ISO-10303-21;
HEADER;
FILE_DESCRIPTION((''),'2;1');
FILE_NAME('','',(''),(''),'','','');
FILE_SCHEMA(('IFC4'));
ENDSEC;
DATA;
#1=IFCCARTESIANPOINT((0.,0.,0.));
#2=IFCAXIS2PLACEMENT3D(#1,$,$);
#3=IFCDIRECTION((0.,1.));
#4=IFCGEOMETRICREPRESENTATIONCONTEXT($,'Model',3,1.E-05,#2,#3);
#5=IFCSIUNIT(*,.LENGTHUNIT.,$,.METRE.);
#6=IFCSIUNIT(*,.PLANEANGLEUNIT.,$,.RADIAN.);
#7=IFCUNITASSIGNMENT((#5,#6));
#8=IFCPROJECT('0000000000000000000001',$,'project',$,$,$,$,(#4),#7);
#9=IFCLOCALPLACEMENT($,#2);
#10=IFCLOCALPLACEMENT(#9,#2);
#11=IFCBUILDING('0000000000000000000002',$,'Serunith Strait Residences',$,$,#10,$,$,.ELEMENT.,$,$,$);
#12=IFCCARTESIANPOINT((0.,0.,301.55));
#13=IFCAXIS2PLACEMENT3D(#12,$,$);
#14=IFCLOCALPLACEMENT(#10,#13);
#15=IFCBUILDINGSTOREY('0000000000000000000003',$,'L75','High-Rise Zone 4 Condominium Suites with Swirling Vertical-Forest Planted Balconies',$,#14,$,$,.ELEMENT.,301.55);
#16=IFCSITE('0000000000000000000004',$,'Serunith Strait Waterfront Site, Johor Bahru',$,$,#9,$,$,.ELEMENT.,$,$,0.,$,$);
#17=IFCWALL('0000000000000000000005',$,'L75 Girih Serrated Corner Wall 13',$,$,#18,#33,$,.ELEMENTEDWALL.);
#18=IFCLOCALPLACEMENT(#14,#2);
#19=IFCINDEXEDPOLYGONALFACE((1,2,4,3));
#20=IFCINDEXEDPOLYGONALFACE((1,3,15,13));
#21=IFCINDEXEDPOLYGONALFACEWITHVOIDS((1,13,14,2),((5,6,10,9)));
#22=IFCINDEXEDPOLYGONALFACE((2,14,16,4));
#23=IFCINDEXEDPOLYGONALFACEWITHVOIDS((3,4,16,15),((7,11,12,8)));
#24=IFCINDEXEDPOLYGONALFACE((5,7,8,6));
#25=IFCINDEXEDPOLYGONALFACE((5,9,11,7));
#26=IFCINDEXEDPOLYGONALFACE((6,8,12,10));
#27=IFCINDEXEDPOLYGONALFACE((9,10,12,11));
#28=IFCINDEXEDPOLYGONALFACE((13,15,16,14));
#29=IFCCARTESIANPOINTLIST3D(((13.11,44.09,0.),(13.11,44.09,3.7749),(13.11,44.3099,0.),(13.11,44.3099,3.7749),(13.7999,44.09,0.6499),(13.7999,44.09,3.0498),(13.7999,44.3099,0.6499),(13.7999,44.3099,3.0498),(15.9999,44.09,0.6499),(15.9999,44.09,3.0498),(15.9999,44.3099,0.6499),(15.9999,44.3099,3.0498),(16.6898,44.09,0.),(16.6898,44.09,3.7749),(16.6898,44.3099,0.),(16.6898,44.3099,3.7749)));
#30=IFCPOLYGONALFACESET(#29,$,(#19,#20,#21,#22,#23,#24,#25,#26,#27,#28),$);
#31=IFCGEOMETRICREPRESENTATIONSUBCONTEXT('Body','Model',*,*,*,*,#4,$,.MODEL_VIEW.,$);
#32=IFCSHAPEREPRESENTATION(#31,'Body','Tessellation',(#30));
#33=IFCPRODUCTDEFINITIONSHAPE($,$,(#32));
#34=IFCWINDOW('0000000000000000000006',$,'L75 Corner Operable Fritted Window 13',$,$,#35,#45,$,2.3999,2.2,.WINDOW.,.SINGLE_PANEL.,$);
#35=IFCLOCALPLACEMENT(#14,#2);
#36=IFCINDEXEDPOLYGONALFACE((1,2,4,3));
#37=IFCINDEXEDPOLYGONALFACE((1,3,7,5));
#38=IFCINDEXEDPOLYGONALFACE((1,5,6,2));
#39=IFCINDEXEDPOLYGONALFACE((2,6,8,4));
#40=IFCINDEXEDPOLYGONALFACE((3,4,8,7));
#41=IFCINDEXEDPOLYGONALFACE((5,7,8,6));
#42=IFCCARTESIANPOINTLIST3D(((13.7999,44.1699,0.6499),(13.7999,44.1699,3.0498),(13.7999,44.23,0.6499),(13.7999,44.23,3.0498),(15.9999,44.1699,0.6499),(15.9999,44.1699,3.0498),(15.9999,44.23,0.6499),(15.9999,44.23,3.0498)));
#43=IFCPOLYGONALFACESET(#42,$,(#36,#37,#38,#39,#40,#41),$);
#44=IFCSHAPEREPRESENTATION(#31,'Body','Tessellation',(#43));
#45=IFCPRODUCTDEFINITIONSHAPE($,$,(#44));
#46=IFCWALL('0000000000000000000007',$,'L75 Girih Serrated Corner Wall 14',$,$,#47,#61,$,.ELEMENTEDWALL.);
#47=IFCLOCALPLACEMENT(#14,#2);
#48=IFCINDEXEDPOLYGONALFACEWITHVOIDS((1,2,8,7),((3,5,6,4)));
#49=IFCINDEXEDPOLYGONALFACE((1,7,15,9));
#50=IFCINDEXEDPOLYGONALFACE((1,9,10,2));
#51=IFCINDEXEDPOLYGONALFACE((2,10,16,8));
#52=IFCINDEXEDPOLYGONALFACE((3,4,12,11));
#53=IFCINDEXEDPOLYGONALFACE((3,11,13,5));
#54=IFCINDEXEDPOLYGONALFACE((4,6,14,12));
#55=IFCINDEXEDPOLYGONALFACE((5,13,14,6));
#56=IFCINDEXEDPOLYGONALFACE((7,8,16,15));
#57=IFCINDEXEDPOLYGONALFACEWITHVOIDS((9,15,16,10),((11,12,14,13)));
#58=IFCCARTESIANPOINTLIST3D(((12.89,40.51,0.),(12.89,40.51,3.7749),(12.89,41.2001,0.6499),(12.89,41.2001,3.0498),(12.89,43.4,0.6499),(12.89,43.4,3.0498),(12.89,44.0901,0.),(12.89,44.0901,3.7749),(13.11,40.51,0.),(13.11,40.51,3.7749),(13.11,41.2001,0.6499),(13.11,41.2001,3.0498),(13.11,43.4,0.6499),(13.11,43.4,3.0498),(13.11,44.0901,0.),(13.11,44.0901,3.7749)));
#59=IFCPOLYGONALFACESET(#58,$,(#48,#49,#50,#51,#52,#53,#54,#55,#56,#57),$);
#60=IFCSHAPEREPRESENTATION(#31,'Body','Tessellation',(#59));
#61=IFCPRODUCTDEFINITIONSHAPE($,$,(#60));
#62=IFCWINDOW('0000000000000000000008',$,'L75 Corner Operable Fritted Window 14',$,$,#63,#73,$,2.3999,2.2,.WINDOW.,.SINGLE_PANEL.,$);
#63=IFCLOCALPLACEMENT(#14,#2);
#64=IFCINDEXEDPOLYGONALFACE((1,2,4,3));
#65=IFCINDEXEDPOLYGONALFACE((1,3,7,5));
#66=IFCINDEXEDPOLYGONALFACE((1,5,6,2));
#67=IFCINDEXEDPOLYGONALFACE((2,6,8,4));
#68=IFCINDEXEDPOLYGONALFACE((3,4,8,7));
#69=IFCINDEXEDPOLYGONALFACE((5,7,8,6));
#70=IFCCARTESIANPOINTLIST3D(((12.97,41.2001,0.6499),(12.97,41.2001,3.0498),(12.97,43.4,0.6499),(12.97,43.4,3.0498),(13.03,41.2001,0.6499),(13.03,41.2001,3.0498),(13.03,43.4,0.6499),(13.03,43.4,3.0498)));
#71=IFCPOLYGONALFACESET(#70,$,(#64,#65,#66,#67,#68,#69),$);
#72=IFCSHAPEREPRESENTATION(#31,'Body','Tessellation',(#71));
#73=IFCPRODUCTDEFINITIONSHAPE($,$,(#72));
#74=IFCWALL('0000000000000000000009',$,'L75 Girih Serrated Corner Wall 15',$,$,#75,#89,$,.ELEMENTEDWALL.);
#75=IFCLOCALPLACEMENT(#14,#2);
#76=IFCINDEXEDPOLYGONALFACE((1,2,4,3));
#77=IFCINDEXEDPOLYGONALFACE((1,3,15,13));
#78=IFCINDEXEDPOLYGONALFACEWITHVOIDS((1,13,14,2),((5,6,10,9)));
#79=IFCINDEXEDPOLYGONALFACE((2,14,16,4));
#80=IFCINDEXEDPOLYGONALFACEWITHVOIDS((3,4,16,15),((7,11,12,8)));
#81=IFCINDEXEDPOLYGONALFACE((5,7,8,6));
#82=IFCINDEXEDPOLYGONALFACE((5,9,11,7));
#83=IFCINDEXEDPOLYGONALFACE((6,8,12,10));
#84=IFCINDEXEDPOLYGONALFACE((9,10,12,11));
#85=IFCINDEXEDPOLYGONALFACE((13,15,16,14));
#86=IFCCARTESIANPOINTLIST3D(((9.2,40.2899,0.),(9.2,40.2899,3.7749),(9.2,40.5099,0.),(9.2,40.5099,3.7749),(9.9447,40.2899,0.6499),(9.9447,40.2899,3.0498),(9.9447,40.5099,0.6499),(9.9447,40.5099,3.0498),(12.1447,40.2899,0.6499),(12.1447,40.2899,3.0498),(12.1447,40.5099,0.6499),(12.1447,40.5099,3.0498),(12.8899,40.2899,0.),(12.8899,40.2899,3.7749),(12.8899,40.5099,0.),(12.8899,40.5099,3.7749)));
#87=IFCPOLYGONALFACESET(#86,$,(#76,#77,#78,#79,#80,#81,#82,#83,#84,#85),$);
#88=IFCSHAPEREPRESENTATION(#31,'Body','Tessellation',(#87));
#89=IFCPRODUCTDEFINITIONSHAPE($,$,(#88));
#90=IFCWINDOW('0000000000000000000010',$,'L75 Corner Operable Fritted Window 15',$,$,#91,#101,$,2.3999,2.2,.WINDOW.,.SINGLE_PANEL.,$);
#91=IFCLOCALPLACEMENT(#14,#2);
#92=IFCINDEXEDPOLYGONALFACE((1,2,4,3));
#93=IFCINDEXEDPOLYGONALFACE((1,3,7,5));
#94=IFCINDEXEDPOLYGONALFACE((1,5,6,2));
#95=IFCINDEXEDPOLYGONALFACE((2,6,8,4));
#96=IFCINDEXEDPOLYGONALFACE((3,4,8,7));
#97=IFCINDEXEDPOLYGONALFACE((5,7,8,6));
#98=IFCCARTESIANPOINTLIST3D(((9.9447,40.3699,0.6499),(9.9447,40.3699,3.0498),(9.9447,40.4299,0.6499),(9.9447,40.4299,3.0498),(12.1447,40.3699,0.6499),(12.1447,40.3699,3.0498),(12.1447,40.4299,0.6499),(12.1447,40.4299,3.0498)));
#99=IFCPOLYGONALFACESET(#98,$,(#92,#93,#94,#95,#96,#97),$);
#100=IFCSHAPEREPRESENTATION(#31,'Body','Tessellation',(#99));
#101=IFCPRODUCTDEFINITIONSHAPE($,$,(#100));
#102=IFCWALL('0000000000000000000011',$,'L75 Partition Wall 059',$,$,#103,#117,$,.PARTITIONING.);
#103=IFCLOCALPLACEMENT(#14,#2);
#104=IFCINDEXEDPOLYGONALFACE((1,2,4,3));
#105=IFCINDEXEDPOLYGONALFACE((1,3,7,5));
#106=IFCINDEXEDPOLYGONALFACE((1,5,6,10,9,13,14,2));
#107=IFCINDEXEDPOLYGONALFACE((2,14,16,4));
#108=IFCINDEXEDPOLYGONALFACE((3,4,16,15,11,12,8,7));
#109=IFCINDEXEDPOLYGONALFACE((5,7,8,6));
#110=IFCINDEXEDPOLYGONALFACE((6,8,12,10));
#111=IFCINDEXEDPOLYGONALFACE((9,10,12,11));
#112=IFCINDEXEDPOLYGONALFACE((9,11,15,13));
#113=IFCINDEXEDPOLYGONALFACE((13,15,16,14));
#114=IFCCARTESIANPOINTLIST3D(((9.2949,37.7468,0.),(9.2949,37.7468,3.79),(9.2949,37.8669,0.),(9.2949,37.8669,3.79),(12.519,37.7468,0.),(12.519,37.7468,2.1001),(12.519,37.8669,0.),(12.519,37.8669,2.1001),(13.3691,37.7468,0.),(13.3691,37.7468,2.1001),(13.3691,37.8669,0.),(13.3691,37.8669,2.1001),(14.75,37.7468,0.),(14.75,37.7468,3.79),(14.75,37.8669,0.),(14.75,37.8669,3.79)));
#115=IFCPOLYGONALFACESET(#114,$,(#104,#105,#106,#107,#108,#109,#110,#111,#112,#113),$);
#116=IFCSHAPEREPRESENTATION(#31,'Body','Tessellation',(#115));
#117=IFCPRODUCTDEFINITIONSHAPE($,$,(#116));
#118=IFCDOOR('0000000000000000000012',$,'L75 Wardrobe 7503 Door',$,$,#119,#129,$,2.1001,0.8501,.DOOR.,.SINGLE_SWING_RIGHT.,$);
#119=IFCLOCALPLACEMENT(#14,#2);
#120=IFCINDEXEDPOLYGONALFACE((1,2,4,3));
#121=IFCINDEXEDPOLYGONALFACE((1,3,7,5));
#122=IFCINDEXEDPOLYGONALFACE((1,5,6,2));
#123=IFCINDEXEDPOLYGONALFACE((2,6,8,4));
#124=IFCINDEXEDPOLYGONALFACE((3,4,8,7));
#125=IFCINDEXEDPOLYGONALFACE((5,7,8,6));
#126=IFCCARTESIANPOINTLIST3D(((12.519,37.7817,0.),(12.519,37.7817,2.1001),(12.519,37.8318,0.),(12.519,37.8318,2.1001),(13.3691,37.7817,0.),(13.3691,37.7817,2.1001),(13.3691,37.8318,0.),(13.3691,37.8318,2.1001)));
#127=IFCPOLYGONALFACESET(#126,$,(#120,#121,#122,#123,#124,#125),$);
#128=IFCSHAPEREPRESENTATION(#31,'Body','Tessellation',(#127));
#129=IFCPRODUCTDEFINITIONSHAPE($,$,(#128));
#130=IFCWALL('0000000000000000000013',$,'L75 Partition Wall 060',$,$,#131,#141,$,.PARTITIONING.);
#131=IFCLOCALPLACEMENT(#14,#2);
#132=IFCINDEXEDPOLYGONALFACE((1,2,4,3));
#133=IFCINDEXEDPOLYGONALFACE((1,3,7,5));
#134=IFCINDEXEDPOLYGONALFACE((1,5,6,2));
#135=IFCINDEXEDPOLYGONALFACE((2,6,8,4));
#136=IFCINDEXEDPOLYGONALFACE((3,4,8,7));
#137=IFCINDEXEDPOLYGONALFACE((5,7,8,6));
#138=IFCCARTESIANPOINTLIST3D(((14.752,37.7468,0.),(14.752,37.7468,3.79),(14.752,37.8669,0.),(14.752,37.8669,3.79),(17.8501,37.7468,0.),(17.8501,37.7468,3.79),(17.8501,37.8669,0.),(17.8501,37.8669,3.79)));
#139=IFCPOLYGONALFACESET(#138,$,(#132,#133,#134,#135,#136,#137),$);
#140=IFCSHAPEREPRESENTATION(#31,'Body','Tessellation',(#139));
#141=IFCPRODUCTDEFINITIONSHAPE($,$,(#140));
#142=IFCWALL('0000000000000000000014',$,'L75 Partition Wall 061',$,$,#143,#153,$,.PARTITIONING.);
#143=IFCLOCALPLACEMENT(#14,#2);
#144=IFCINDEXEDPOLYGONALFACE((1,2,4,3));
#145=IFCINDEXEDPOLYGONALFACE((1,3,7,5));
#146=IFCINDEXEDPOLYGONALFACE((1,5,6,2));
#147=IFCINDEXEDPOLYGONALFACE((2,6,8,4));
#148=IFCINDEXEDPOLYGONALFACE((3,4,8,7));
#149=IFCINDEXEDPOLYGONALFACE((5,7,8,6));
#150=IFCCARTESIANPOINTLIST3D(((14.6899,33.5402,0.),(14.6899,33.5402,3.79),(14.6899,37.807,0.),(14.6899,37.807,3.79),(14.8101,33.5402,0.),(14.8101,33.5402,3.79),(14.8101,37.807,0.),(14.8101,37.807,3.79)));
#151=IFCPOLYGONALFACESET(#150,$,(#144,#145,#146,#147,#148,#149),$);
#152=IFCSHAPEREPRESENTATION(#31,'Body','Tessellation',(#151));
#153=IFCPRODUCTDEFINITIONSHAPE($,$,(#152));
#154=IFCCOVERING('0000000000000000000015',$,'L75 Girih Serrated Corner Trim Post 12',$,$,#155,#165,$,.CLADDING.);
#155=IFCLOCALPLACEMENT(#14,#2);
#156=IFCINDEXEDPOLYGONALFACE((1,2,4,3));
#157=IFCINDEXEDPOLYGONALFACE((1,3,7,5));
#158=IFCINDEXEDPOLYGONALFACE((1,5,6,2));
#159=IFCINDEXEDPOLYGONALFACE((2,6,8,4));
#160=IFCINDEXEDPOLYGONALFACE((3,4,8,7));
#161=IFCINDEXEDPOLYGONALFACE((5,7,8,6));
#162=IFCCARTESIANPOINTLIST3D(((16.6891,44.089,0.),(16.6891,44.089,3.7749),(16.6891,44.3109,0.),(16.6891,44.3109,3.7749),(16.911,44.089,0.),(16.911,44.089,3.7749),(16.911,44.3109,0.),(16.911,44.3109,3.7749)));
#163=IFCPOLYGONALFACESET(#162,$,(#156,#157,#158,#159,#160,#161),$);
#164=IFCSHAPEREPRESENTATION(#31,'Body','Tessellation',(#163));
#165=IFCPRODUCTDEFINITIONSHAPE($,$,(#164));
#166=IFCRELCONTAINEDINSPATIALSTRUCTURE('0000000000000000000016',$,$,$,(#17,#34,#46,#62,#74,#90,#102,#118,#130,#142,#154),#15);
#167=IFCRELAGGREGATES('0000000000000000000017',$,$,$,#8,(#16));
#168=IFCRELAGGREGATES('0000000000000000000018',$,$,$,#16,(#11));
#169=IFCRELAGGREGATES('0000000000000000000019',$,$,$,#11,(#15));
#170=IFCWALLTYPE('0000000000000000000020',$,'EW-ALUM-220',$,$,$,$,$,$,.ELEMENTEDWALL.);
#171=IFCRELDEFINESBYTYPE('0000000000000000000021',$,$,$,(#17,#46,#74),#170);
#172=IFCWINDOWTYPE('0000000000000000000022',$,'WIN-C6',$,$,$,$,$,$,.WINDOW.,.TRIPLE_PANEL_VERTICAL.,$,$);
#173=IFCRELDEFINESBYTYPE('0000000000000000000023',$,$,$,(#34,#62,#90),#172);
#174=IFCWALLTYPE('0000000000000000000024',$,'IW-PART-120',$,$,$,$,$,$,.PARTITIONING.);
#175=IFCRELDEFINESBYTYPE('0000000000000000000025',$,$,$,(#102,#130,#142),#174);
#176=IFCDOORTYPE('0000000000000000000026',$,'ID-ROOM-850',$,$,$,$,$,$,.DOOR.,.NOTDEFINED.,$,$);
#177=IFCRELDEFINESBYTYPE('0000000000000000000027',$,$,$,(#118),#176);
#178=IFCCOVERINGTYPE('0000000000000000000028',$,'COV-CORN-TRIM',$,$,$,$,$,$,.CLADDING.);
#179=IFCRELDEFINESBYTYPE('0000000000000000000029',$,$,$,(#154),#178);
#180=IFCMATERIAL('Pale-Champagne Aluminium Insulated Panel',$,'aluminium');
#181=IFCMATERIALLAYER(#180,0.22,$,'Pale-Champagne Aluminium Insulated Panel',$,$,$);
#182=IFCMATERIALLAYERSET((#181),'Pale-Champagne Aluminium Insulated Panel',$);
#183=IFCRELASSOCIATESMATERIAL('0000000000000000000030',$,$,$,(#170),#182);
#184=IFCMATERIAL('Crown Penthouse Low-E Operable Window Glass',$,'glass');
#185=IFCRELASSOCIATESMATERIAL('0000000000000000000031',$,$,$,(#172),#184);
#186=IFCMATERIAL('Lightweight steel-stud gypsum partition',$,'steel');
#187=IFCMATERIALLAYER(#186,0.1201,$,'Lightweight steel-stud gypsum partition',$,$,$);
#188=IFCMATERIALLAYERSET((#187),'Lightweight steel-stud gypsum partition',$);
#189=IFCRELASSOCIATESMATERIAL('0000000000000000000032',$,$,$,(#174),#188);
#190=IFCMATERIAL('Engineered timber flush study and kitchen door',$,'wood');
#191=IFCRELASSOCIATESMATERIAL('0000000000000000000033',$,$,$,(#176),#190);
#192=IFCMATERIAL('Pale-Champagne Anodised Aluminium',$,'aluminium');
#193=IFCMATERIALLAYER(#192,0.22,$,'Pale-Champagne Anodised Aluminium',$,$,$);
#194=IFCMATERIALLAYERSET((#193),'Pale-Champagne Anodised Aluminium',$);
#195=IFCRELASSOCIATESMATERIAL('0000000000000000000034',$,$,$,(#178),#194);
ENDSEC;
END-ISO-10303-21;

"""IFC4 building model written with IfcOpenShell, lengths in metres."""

from ifc_helpers import new_model, si_unit, direction, frame, frame_2d, origin, origin_2d, place, context, subcontext, project, spatial, rectangle, extrude, source, transform, mapped, material, layer, layer_set, type_object, element, fill, save


model = new_model("IFC4")

# Units and contexts
model_context = context("Model", 3, precision=1e-05, world=origin(), true_north=direction((0.0, 1.0)))
body_context = subcontext(model_context, "Body", "Model", "MODEL_VIEW")
ifc_project = project(units=[si_unit("LENGTHUNIT", "METRE"), si_unit("PLANEANGLEUNIT", "RADIAN")], contexts=[model_context])

# Site, building, storey
site_placement = place(None, origin())
site = spatial("IfcSite", under=ifc_project, at=site_placement, Name="Serunith Strait Waterfront Site, Johor Bahru", CompositionType="ELEMENT", RefElevation=0.0)
building_placement = place(site_placement, origin())
building = spatial("IfcBuilding", under=site, at=building_placement, Name="Serunith Strait Residences", CompositionType="ELEMENT")
storey_placement = place(building_placement, frame((0.0, 0.0, 301.55)))
storey = spatial("IfcBuildingStorey", under=building, at=storey_placement, Name="L75", Description="High-Rise Zone 4 Condominium Suites with Swirling Vertical-Forest Planted Balconies", CompositionType="ELEMENT", Elevation=301.55)

# Walls, openings, windows
ifc_material_1 = material(Name="Pale-Champagne Aluminium Insulated Panel", Category="aluminium")
ifc_layer_1 = layer(ifc_material_1, 0.22, Name="Pale-Champagne Aluminium Insulated Panel")
ifc_layer_set_1 = layer_set([ifc_layer_1], Name="Pale-Champagne Aluminium Insulated Panel")
wall_type_1 = type_object("IfcWallType", Name="EW-ALUM-220", PredefinedType="ELEMENTEDWALL", material=ifc_layer_set_1)
ifc_material_2 = material(Name="Crown Penthouse Low-E Operable Window Glass", Category="glass")
window_type = type_object("IfcWindowType", Name="WIN-C6", PartitioningType="TRIPLE_PANEL_VERTICAL", PredefinedType="WINDOW", material=ifc_material_2)
shared_shape_1 = source(origin(), body_context, "Body", "SweptSolid", [
    extrude(rectangle(XDim=2.2, YDim=2.3999, at=frame_2d((1.1001, 1.2))), frame((0.0, 0.03, 0.0), z_axis=(0.0, -1.0, 0.0), x_axis=(1.0, 0.0, 0.0)), (0.0, 0.0, 1.0), 0.0601),
])
wall_1_placement = place(storey_placement, frame((16.6899, 44.2, 0.0), z_axis=(0.0, 0.0, 1.0), x_axis=(-1.0, 0.0, 0.0)))
wall_1 = element("IfcWall", 1, at=wall_1_placement, inside=storey, type_object=wall_type_1, Name="L75 Girih Serrated Corner Wall 13", PredefinedType="ELEMENTEDWALL", context=body_context, shape_type="SweptSolid", body=[
    extrude(rectangle(XDim=3.5798, YDim=0.22, at=frame_2d((1.79, 0.0))), origin(), (0.0, 0.0, 1.0), 3.7749),
])
opening_1_placement = place(wall_1_placement, frame((0.6899, 0.0, 0.6499)))
opening_1 = element("IfcOpeningElement", 2, at=opening_1_placement, cuts=wall_1, PredefinedType="OPENING", context=body_context, shape_type="SweptSolid", body=[
    extrude(rectangle(XDim=2.2, YDim=2.3999, at=frame_2d((1.1001, 1.2))), frame((0.0, 0.1201, 0.0), z_axis=(0.0, -1.0, 0.0), x_axis=(1.0, 0.0, 0.0)), (0.0, 0.0, 1.0), 0.24),
])
window_1_placement = place(opening_1_placement, origin())
window_1 = element("IfcWindow", 3, at=window_1_placement, inside=storey, type_object=window_type, Name="L75 Corner Operable Fritted Window 13", OverallHeight=2.3999, OverallWidth=2.2, PartitioningType="SINGLE_PANEL", PredefinedType="WINDOW", context=body_context, shape_type="MappedRepresentation", body=[
    mapped(shared_shape_1, transform((0.0, 0.0, 0.0), scale=1.0)),
])
fill(opening_1, window_1)
wall_2_placement = place(storey_placement, frame((13.0, 44.0901, 0.0), z_axis=(0.0, 0.0, 1.0), x_axis=(0.0, -1.0, 0.0)))
wall_2 = element("IfcWall", 4, at=wall_2_placement, inside=storey, type_object=wall_type_1, Name="L75 Girih Serrated Corner Wall 14", PredefinedType="ELEMENTEDWALL", context=body_context, shape_type="SweptSolid", body=[
    extrude(rectangle(XDim=3.5801, YDim=0.22, at=frame_2d((1.79, 0.0))), origin(), (0.0, 0.0, 1.0), 3.7749),
])
opening_2_placement = place(wall_2_placement, frame((0.6899, 0.0, 0.6499)))
opening_2 = element("IfcOpeningElement", 5, at=opening_2_placement, cuts=wall_2, PredefinedType="OPENING", context=body_context, shape_type="SweptSolid", body=[
    extrude(rectangle(XDim=2.2, YDim=2.3999, at=frame_2d((1.1001, 1.2))), frame((0.0, 0.1201, 0.0), z_axis=(0.0, -1.0, 0.0), x_axis=(1.0, 0.0, 0.0)), (0.0, 0.0, 1.0), 0.24),
])
window_2_placement = place(opening_2_placement, origin())
window_2 = element("IfcWindow", 6, at=window_2_placement, inside=storey, type_object=window_type, Name="L75 Corner Operable Fritted Window 14", OverallHeight=2.3999, OverallWidth=2.2, PartitioningType="SINGLE_PANEL", PredefinedType="WINDOW", context=body_context, shape_type="MappedRepresentation", body=[
    mapped(shared_shape_1, transform((0.0, 0.0, 0.0), scale=1.0)),
])
fill(opening_2, window_2)
wall_3_placement = place(storey_placement, frame((12.8899, 40.3999, 0.0), z_axis=(0.0, 0.0, 1.0), x_axis=(-1.0, 0.0, 0.0)))
wall_3 = element("IfcWall", 7, at=wall_3_placement, inside=storey, type_object=wall_type_1, Name="L75 Girih Serrated Corner Wall 15", PredefinedType="ELEMENTEDWALL", context=body_context, shape_type="SweptSolid", body=[
    extrude(rectangle(XDim=3.6899, YDim=0.22, at=frame_2d((1.845, 0.0))), origin(), (0.0, 0.0, 1.0), 3.7749),
])
opening_3_placement = place(wall_3_placement, frame((0.7451, 0.0, 0.6499)))
opening_3 = element("IfcOpeningElement", 8, at=opening_3_placement, cuts=wall_3, PredefinedType="OPENING", context=body_context, shape_type="SweptSolid", body=[
    extrude(rectangle(XDim=2.2, YDim=2.3999, at=frame_2d((1.1001, 1.2))), frame((0.0, 0.1201, 0.0), z_axis=(0.0, -1.0, 0.0), x_axis=(1.0, 0.0, 0.0)), (0.0, 0.0, 1.0), 0.24),
])
window_3_placement = place(opening_3_placement, origin())
window_3 = element("IfcWindow", 9, at=window_3_placement, inside=storey, type_object=window_type, Name="L75 Corner Operable Fritted Window 15", OverallHeight=2.3999, OverallWidth=2.2, PartitioningType="SINGLE_PANEL", PredefinedType="WINDOW", context=body_context, shape_type="MappedRepresentation", body=[
    mapped(shared_shape_1, transform((0.0, 0.0, 0.0), scale=1.0)),
])
fill(opening_3, window_3)

# Wall, opening, door
ifc_material_3 = material(Name="Lightweight steel-stud gypsum partition", Category="steel")
ifc_layer_2 = layer(ifc_material_3, 0.1201, Name="Lightweight steel-stud gypsum partition")
ifc_layer_set_2 = layer_set([ifc_layer_2], Name="Lightweight steel-stud gypsum partition")
wall_type_2 = type_object("IfcWallType", Name="IW-PART-120", PredefinedType="PARTITIONING", material=ifc_layer_set_2)
wall_4_placement = place(storey_placement, frame((9.2949, 37.8069, 0.0), z_axis=(0.0, 0.0, 1.0), x_axis=(1.0, 0.0, 0.0)))
wall_4 = element("IfcWall", 10, at=wall_4_placement, inside=storey, type_object=wall_type_2, Name="L75 Partition Wall 059", PredefinedType="PARTITIONING", context=body_context, shape_type="SweptSolid", body=[
    extrude(rectangle(XDim=5.4551, YDim=0.1201, at=frame_2d((2.7275, 0.0))), origin(), (0.0, 0.0, 1.0), 3.79),
])
opening_4_placement = place(wall_4_placement, frame((3.2241, 0.0, 0.0)))
opening_4 = element("IfcOpeningElement", 11, at=opening_4_placement, cuts=wall_4, PredefinedType="OPENING", context=body_context, shape_type="SweptSolid", body=[
    extrude(rectangle(XDim=0.8501, YDim=2.1001, at=frame_2d((0.425, 1.05))), frame((0.0, 0.0701, 0.0), z_axis=(0.0, -1.0, 0.0), x_axis=(1.0, 0.0, 0.0)), (0.0, 0.0, 1.0), 0.1401),
])
ifc_material_4 = material(Name="Engineered timber flush study and kitchen door", Category="wood")
door_type = type_object("IfcDoorType", Name="ID-ROOM-850", OperationType="NOTDEFINED", PredefinedType="DOOR", material=ifc_material_4)
shared_shape_2 = source(origin(), body_context, "Body", "SweptSolid", [
    extrude(rectangle(XDim=0.8501, YDim=2.1001, at=frame_2d((0.425, 1.05))), frame((0.0, 0.0249, 0.0), z_axis=(0.0, -1.0, 0.0), x_axis=(1.0, 0.0, 0.0)), (0.0, 0.0, 1.0), 0.05),
])
door_placement = place(opening_4_placement, origin())
door = element("IfcDoor", 12, at=door_placement, inside=storey, type_object=door_type, Name="L75 Wardrobe 7503 Door", OperationType="SINGLE_SWING_RIGHT", OverallHeight=2.1001, OverallWidth=0.8501, PredefinedType="DOOR", context=body_context, shape_type="MappedRepresentation", body=[
    mapped(shared_shape_2, transform((0.0, 0.0, 0.0), scale=1.0)),
])
fill(opening_4, door)

# Walls
wall_5_placement = place(storey_placement, frame((14.752, 37.8069, 0.0), z_axis=(0.0, 0.0, 1.0), x_axis=(1.0, 0.0, 0.0)))
element("IfcWall", 13, at=wall_5_placement, inside=storey, type_object=wall_type_2, Name="L75 Partition Wall 060", PredefinedType="PARTITIONING", context=body_context, shape_type="SweptSolid", body=[
    extrude(rectangle(XDim=3.0981, YDim=0.1201, at=frame_2d((1.5491, 0.0))), origin(), (0.0, 0.0, 1.0), 3.79),
])
wall_6_placement = place(storey_placement, frame((14.75, 37.8069, 0.0), z_axis=(0.0, 0.0, 1.0), x_axis=(0.0, -1.0, 0.0)))
element("IfcWall", 14, at=wall_6_placement, inside=storey, type_object=wall_type_2, Name="L75 Partition Wall 061", PredefinedType="PARTITIONING", context=body_context, shape_type="SweptSolid", body=[
    extrude(rectangle(XDim=4.2668, YDim=0.1201, at=frame_2d((2.1333, 0.0))), origin(), (0.0, 0.0, 1.0), 3.79),
])

# Covering
ifc_material_5 = material(Name="Pale-Champagne Anodised Aluminium", Category="aluminium")
ifc_layer_3 = layer(ifc_material_5, 0.22, Name="Pale-Champagne Anodised Aluminium")
ifc_layer_set_3 = layer_set([ifc_layer_3], Name="Pale-Champagne Anodised Aluminium")
covering_type = type_object("IfcCoveringType", Name="COV-CORN-TRIM", PredefinedType="CLADDING", material=ifc_layer_set_3)
shared_shape_3 = source(origin(), body_context, "Body", "SweptSolid", [
    extrude(rectangle(XDim=0.2219, YDim=0.2219, at=origin_2d()), origin(), (0.0, 0.0, 1.0), 3.7749),
])
for number, where, z_axis, x_axis, name in (
    (15, (16.8, 44.2, 0.0), (0.0, 0.0, 1.0), (1.0, 0.0, 0.0), "L75 Girih Serrated Corner Trim Post 12"),
):
    element("IfcCovering", number, at=place(storey_placement, frame(where, z_axis=z_axis, x_axis=x_axis)), inside=storey, type_object=covering_type, Name=name, PredefinedType="CLADDING", context=body_context, shape_type="MappedRepresentation", body=[
        mapped(shared_shape_3, transform((0.0, 0.0, 0.0), scale=1.0)),
    ])

save(model, "model.ifc")
